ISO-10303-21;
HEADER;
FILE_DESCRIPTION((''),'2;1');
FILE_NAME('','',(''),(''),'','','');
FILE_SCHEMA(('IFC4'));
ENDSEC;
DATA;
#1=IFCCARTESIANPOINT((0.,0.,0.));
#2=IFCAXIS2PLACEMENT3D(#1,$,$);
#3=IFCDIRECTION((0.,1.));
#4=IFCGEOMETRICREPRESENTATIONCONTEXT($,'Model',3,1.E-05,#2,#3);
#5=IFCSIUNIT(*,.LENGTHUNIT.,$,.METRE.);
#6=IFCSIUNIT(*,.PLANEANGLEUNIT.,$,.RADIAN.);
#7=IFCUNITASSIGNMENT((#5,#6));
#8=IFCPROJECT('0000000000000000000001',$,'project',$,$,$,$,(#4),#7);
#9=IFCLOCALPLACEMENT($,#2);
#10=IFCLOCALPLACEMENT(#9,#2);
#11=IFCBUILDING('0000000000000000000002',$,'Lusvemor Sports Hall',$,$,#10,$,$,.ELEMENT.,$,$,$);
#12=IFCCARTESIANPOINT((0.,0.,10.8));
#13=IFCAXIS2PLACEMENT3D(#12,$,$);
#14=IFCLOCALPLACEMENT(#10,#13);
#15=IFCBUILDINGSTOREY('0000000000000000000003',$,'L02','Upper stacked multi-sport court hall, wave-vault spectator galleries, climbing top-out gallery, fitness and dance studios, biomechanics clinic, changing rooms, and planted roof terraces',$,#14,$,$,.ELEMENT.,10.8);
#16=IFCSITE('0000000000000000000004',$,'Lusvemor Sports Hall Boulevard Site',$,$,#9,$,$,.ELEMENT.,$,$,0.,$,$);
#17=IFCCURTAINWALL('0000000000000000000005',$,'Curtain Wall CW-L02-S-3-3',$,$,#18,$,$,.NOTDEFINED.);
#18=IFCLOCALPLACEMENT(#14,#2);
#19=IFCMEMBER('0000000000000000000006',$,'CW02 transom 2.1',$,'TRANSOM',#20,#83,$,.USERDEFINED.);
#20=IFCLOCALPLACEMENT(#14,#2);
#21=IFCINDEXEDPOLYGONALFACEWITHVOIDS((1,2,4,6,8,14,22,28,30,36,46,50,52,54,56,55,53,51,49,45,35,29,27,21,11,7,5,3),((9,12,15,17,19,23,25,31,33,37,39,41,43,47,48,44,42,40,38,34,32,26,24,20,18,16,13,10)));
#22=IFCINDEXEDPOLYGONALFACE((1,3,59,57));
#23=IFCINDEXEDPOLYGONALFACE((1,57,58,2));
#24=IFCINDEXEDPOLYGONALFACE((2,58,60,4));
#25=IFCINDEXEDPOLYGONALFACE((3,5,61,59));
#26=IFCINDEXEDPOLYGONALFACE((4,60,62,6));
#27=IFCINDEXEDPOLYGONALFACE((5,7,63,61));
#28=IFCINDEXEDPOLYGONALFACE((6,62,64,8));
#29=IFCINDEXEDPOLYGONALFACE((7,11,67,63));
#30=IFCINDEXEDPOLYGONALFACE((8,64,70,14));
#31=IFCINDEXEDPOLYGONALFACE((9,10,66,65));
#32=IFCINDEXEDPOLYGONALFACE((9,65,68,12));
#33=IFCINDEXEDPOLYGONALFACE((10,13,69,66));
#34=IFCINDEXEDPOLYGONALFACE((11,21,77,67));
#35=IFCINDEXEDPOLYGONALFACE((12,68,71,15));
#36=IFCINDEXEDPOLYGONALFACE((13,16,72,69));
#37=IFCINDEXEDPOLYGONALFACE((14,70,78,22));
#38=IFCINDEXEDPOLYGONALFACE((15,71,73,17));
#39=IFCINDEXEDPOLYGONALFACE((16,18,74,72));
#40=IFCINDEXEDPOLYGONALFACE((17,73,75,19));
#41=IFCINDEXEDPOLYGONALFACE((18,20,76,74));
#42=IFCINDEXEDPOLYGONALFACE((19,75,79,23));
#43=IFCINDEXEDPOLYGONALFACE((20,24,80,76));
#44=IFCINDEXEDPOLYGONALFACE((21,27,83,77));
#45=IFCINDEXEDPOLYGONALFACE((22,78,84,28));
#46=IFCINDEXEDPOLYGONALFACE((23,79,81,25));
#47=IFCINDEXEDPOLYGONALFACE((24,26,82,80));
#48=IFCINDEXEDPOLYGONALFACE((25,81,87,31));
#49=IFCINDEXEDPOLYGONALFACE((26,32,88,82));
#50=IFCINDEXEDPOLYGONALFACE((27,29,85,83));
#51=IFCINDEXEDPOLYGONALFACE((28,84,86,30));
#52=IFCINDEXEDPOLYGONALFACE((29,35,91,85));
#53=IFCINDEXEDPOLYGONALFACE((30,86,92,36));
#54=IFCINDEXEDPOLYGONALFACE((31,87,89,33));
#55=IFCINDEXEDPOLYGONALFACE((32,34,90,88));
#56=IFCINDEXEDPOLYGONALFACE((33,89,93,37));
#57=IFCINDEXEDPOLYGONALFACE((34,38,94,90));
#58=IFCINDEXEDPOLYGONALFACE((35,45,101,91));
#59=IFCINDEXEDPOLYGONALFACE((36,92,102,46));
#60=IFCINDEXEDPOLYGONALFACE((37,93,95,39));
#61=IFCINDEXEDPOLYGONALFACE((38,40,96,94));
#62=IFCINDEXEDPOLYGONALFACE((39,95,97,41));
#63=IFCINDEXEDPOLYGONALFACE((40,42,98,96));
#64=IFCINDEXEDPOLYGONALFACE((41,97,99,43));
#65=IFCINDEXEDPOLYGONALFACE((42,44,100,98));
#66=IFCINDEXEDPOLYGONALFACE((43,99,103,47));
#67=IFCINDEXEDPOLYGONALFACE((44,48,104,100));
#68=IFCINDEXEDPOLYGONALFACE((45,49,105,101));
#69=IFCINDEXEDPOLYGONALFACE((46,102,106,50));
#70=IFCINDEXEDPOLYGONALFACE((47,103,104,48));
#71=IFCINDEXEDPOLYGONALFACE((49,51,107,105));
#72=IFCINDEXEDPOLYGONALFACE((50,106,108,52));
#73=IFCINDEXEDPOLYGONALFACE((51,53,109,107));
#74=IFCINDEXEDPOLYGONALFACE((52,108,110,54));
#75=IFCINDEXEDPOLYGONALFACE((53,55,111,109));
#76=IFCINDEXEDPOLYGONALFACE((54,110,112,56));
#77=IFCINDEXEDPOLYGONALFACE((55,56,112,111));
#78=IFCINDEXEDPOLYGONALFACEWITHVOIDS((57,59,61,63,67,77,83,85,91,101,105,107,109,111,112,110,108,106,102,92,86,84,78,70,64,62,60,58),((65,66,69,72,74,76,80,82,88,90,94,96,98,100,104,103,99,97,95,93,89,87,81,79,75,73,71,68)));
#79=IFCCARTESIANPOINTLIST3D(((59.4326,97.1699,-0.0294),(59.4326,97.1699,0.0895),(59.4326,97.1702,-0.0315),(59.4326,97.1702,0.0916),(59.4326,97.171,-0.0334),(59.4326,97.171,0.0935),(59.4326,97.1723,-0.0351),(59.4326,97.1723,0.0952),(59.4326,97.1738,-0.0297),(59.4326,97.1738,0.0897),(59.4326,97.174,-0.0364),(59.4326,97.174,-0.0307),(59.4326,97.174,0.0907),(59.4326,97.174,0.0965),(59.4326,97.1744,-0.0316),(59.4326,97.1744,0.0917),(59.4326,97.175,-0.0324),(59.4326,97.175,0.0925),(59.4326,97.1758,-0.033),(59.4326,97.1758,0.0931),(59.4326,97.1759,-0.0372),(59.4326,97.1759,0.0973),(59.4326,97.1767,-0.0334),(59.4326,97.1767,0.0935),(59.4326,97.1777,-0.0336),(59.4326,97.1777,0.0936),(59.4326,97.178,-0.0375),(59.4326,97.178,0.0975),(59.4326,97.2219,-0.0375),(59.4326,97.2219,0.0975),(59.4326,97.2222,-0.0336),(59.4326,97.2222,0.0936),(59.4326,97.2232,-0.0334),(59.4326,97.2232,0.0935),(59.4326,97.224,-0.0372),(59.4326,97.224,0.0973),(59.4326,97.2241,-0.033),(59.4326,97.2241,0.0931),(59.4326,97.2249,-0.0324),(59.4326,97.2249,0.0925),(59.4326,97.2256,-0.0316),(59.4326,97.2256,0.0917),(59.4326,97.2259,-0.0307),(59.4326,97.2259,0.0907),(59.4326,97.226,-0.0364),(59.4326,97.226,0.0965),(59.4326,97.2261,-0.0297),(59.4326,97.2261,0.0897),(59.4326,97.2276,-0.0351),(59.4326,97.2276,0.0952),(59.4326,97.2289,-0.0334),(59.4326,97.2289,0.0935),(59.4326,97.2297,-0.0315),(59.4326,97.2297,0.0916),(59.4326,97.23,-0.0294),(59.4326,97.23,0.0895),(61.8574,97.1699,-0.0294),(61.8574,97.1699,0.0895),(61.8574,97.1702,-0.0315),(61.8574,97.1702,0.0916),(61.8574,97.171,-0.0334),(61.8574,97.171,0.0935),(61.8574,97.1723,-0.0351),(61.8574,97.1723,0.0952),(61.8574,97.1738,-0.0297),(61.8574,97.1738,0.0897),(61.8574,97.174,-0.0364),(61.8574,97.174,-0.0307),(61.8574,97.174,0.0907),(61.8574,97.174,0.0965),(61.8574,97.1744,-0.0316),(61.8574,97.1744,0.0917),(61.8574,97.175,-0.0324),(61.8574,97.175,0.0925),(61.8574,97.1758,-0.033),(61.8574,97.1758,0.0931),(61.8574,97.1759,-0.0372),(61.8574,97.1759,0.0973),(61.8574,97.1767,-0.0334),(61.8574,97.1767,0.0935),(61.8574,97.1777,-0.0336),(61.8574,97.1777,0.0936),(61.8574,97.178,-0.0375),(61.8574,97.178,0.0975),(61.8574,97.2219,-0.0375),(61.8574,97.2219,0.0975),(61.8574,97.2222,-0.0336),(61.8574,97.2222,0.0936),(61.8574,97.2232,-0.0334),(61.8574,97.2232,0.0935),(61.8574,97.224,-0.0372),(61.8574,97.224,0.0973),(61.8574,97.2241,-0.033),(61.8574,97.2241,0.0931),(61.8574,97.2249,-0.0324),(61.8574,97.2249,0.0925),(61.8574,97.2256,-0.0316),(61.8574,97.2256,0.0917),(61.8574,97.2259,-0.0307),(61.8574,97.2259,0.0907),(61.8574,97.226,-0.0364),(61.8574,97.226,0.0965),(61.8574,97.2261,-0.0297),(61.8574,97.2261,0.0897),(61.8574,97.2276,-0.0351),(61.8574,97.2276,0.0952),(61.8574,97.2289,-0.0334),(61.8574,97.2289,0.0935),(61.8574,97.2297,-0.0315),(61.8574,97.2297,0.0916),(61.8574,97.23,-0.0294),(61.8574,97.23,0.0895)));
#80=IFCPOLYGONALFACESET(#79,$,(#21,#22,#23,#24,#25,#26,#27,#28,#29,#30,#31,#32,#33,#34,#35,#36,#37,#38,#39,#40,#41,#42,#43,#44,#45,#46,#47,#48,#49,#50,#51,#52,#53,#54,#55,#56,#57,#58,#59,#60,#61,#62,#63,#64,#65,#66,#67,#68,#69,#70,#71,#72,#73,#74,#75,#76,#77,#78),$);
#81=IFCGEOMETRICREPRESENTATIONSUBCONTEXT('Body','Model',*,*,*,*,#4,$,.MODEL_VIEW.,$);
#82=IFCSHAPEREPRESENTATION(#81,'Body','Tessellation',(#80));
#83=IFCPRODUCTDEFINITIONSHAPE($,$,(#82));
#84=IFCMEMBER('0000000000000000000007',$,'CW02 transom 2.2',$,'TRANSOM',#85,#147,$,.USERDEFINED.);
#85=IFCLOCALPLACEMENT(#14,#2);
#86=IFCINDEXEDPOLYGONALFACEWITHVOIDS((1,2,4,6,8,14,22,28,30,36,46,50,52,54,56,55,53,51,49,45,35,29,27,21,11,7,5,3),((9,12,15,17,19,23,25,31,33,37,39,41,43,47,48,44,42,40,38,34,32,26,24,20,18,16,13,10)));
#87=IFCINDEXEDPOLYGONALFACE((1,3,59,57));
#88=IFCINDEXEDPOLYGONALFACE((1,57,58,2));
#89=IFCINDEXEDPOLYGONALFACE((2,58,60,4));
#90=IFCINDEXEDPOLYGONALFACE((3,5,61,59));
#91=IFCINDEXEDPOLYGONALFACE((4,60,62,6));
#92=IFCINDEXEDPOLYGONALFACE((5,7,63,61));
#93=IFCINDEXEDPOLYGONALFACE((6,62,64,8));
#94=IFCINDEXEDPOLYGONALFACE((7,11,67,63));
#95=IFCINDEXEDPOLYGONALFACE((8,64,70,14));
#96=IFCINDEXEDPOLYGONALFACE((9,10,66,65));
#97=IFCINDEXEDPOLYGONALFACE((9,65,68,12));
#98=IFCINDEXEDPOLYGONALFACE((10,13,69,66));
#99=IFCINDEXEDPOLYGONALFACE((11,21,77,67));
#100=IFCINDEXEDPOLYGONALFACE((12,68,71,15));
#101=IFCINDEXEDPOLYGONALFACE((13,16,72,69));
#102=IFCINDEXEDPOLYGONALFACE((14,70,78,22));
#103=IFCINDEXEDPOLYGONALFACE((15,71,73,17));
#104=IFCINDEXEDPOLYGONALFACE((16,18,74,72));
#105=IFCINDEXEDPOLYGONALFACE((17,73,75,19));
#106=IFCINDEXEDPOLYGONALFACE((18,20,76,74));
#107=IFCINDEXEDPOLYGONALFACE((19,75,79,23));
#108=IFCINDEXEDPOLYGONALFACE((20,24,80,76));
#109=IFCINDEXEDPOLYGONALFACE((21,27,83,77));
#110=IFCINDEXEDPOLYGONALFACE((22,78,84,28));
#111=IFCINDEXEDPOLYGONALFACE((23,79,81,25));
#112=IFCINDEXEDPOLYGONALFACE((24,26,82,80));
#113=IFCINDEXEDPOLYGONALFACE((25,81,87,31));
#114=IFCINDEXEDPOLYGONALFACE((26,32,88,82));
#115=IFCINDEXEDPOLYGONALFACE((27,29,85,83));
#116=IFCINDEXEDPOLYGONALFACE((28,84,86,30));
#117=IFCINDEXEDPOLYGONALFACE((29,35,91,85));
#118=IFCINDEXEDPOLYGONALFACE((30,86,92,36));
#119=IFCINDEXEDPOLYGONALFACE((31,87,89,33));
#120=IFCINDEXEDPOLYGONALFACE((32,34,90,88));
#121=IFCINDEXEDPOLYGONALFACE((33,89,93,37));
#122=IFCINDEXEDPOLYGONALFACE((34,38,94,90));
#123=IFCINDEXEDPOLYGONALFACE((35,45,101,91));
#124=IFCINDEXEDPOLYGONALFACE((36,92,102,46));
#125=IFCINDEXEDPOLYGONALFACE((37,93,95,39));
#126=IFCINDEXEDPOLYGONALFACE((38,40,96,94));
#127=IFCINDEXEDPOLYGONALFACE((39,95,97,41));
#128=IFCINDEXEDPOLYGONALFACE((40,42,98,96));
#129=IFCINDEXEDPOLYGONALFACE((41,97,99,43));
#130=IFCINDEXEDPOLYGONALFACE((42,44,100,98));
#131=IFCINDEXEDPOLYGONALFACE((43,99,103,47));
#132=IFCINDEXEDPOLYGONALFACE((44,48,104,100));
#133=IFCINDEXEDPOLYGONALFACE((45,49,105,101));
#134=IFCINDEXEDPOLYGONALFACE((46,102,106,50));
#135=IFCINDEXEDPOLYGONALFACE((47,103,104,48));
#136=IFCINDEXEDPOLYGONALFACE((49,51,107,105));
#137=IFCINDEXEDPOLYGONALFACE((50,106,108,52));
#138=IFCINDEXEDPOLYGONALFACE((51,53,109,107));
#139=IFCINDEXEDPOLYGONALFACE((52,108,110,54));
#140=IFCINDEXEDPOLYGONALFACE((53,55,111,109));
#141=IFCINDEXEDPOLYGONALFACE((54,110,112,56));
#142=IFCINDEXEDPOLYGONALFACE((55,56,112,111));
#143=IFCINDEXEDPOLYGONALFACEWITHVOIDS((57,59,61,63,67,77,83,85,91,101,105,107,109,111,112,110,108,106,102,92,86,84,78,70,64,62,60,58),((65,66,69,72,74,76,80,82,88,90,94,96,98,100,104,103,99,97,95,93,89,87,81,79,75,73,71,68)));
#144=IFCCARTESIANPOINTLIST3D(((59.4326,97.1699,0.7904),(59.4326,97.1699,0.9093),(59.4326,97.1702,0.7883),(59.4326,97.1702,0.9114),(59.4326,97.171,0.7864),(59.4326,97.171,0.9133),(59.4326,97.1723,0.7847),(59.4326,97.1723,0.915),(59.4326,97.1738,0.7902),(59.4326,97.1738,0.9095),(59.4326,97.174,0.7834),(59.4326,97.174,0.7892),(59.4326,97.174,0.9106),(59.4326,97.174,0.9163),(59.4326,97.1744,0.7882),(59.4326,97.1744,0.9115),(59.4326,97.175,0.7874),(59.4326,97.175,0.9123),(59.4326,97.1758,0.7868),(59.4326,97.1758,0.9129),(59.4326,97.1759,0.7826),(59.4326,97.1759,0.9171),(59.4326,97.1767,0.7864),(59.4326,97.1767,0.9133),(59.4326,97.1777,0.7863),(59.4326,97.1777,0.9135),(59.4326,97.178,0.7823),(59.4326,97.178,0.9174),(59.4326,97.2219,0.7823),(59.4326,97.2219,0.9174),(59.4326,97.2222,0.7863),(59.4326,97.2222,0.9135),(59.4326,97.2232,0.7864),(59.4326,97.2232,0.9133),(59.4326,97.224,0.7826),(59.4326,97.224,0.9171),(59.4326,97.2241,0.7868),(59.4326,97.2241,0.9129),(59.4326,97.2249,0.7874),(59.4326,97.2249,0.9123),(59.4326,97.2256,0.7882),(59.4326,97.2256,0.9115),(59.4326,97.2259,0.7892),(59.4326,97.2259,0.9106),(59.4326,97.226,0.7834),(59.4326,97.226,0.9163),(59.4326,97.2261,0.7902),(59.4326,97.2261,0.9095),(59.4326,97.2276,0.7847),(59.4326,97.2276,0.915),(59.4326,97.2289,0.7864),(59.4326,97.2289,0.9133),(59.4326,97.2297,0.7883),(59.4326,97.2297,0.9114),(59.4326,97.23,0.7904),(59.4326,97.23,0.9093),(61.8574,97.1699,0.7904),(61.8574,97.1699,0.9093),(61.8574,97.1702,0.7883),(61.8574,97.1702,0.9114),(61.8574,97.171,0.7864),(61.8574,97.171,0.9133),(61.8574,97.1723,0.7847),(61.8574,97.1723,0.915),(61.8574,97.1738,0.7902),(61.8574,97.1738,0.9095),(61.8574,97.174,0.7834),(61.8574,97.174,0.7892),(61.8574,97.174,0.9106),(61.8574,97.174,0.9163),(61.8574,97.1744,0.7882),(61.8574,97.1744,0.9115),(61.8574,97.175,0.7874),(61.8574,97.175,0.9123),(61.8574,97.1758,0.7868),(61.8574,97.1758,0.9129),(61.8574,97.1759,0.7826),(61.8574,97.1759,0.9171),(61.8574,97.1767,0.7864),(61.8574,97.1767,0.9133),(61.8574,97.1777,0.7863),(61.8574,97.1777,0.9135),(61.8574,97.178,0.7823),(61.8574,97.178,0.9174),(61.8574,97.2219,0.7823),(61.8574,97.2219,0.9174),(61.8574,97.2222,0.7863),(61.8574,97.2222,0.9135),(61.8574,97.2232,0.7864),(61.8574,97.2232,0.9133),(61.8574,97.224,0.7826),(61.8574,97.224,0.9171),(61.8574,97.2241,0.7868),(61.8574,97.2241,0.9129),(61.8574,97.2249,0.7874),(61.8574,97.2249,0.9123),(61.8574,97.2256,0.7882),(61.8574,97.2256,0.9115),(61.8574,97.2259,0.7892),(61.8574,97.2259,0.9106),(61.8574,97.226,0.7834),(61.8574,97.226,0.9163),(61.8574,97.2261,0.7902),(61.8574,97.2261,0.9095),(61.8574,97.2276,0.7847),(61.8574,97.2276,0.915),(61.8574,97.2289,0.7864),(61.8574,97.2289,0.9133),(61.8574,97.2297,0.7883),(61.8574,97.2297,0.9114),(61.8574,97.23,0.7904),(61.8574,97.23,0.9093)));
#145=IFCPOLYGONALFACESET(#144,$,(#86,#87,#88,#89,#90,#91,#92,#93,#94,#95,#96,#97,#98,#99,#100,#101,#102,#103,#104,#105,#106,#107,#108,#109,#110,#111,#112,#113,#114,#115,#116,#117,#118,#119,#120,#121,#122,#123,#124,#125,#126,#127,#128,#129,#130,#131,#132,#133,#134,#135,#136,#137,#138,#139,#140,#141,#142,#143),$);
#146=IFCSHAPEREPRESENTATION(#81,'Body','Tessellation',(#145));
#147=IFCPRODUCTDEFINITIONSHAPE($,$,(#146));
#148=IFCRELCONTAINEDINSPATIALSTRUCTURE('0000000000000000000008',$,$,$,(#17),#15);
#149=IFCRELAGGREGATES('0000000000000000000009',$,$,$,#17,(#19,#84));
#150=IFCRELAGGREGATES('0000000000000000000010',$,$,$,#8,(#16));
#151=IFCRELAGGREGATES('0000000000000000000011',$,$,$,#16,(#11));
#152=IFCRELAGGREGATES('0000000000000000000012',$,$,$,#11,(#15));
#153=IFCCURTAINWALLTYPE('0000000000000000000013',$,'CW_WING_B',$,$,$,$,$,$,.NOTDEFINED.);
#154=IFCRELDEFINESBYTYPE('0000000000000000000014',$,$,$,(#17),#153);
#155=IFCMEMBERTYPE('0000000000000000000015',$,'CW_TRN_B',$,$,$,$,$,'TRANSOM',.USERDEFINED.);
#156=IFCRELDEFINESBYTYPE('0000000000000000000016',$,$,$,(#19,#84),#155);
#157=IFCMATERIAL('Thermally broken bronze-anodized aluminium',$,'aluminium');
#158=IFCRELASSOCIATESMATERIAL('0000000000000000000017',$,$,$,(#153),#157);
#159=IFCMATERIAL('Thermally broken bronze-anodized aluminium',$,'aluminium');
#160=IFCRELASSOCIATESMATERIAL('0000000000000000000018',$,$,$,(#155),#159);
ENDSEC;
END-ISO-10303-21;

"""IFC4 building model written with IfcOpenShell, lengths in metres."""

from ifc_helpers import new_model, si_unit, direction, frame, origin, origin_2d, place, context, subcontext, project, spatial, hollow_rectangle, extrude, material, material_profile, profile_set, type_object, element, aggregate, save


model = new_model("IFC4")

# Units and contexts
model_context = context("Model", 3, precision=1e-05, world=origin(), true_north=direction((0.0, 1.0)))
body_context = subcontext(model_context, "Body", "Model", "MODEL_VIEW")
ifc_project = project(units=[si_unit("LENGTHUNIT", "METRE"), si_unit("PLANEANGLEUNIT", "RADIAN")], contexts=[model_context])

# Site, building, storey
site_placement = place(None, origin())
site = spatial("IfcSite", under=ifc_project, at=site_placement, Name="Lusvemor Sports Hall Boulevard Site", CompositionType="ELEMENT", RefElevation=0.0)
building_placement = place(site_placement, origin())
building = spatial("IfcBuilding", under=site, at=building_placement, Name="Lusvemor Sports Hall", CompositionType="ELEMENT")
storey_placement = place(building_placement, frame((0.0, 0.0, 10.8)))
storey = spatial("IfcBuildingStorey", under=building, at=storey_placement, Name="L02", Description="Upper stacked multi-sport court hall, wave-vault spectator galleries, climbing top-out gallery, fitness and dance studios, biomechanics clinic, changing rooms, and planted roof terraces", CompositionType="ELEMENT", Elevation=10.8)

# Curtain wall, members
ifc_material_1 = material(Name="Thermally broken bronze-anodized aluminium", Category="aluminium")
curtain_wall_type = type_object("IfcCurtainWallType", Name="CW_WING_B", PredefinedType="NOTDEFINED", material=ifc_material_1)
curtain_wall_placement = place(storey_placement, origin())
curtain_wall = element("IfcCurtainWall", 1, at=curtain_wall_placement, inside=storey, type_object=curtain_wall_type, Name="Curtain Wall CW-L02-S-3-3", PredefinedType="NOTDEFINED")
ifc_material_2 = material(Name="Thermally broken bronze-anodized aluminium", Category="aluminium")
ifc_material_profile_1 = material_profile(ifc_material_2, hollow_rectangle(XDim=0.0601, YDim=0.135, WallThickness=0.0039, InnerFilletRadius=0.0039, OuterFilletRadius=0.0081, at=origin_2d()), Name="CWTRN135x60x4")
ifc_profile_set_1 = profile_set([ifc_material_profile_1], Name="Thermally broken bronze-anodized aluminium")
member_type_1 = type_object("IfcMemberType", Name="CW_TRN_B", ElementType="TRANSOM", PredefinedType="USERDEFINED", material=ifc_profile_set_1)
member_1_placement = place(storey_placement, frame((61.8574, 97.2, 0.03), z_axis=(-1.0, 0.0, 0.0), x_axis=(0.0, -1.0, 0.0)))
member_1 = element("IfcMember", 2, at=member_1_placement, type_object=member_type_1, Name="CW02 transom 2.1", ObjectType="TRANSOM", PredefinedType="USERDEFINED", context=body_context, shape_type="SweptSolid", body=[
    extrude(hollow_rectangle(XDim=0.0601, YDim=0.135, WallThickness=0.0039, InnerFilletRadius=0.0039, OuterFilletRadius=0.0081, at=origin_2d()), origin(), (0.0, 0.0, 1.0), 2.4248),
])
member_2_placement = place(storey_placement, frame((61.8574, 97.2, 0.8499), z_axis=(-1.0, 0.0, 0.0), x_axis=(0.0, -1.0, 0.0)))
member_2 = element("IfcMember", 3, at=member_2_placement, type_object=member_type_1, Name="CW02 transom 2.2", ObjectType="TRANSOM", PredefinedType="USERDEFINED", context=body_context, shape_type="SweptSolid", body=[
    extrude(hollow_rectangle(XDim=0.0601, YDim=0.135, WallThickness=0.0039, InnerFilletRadius=0.0039, OuterFilletRadius=0.0081, at=origin_2d()), origin(), (0.0, 0.0, 1.0), 2.4248),
])

aggregate(curtain_wall, [member_1, member_2])

save(model, "model.ifc")
